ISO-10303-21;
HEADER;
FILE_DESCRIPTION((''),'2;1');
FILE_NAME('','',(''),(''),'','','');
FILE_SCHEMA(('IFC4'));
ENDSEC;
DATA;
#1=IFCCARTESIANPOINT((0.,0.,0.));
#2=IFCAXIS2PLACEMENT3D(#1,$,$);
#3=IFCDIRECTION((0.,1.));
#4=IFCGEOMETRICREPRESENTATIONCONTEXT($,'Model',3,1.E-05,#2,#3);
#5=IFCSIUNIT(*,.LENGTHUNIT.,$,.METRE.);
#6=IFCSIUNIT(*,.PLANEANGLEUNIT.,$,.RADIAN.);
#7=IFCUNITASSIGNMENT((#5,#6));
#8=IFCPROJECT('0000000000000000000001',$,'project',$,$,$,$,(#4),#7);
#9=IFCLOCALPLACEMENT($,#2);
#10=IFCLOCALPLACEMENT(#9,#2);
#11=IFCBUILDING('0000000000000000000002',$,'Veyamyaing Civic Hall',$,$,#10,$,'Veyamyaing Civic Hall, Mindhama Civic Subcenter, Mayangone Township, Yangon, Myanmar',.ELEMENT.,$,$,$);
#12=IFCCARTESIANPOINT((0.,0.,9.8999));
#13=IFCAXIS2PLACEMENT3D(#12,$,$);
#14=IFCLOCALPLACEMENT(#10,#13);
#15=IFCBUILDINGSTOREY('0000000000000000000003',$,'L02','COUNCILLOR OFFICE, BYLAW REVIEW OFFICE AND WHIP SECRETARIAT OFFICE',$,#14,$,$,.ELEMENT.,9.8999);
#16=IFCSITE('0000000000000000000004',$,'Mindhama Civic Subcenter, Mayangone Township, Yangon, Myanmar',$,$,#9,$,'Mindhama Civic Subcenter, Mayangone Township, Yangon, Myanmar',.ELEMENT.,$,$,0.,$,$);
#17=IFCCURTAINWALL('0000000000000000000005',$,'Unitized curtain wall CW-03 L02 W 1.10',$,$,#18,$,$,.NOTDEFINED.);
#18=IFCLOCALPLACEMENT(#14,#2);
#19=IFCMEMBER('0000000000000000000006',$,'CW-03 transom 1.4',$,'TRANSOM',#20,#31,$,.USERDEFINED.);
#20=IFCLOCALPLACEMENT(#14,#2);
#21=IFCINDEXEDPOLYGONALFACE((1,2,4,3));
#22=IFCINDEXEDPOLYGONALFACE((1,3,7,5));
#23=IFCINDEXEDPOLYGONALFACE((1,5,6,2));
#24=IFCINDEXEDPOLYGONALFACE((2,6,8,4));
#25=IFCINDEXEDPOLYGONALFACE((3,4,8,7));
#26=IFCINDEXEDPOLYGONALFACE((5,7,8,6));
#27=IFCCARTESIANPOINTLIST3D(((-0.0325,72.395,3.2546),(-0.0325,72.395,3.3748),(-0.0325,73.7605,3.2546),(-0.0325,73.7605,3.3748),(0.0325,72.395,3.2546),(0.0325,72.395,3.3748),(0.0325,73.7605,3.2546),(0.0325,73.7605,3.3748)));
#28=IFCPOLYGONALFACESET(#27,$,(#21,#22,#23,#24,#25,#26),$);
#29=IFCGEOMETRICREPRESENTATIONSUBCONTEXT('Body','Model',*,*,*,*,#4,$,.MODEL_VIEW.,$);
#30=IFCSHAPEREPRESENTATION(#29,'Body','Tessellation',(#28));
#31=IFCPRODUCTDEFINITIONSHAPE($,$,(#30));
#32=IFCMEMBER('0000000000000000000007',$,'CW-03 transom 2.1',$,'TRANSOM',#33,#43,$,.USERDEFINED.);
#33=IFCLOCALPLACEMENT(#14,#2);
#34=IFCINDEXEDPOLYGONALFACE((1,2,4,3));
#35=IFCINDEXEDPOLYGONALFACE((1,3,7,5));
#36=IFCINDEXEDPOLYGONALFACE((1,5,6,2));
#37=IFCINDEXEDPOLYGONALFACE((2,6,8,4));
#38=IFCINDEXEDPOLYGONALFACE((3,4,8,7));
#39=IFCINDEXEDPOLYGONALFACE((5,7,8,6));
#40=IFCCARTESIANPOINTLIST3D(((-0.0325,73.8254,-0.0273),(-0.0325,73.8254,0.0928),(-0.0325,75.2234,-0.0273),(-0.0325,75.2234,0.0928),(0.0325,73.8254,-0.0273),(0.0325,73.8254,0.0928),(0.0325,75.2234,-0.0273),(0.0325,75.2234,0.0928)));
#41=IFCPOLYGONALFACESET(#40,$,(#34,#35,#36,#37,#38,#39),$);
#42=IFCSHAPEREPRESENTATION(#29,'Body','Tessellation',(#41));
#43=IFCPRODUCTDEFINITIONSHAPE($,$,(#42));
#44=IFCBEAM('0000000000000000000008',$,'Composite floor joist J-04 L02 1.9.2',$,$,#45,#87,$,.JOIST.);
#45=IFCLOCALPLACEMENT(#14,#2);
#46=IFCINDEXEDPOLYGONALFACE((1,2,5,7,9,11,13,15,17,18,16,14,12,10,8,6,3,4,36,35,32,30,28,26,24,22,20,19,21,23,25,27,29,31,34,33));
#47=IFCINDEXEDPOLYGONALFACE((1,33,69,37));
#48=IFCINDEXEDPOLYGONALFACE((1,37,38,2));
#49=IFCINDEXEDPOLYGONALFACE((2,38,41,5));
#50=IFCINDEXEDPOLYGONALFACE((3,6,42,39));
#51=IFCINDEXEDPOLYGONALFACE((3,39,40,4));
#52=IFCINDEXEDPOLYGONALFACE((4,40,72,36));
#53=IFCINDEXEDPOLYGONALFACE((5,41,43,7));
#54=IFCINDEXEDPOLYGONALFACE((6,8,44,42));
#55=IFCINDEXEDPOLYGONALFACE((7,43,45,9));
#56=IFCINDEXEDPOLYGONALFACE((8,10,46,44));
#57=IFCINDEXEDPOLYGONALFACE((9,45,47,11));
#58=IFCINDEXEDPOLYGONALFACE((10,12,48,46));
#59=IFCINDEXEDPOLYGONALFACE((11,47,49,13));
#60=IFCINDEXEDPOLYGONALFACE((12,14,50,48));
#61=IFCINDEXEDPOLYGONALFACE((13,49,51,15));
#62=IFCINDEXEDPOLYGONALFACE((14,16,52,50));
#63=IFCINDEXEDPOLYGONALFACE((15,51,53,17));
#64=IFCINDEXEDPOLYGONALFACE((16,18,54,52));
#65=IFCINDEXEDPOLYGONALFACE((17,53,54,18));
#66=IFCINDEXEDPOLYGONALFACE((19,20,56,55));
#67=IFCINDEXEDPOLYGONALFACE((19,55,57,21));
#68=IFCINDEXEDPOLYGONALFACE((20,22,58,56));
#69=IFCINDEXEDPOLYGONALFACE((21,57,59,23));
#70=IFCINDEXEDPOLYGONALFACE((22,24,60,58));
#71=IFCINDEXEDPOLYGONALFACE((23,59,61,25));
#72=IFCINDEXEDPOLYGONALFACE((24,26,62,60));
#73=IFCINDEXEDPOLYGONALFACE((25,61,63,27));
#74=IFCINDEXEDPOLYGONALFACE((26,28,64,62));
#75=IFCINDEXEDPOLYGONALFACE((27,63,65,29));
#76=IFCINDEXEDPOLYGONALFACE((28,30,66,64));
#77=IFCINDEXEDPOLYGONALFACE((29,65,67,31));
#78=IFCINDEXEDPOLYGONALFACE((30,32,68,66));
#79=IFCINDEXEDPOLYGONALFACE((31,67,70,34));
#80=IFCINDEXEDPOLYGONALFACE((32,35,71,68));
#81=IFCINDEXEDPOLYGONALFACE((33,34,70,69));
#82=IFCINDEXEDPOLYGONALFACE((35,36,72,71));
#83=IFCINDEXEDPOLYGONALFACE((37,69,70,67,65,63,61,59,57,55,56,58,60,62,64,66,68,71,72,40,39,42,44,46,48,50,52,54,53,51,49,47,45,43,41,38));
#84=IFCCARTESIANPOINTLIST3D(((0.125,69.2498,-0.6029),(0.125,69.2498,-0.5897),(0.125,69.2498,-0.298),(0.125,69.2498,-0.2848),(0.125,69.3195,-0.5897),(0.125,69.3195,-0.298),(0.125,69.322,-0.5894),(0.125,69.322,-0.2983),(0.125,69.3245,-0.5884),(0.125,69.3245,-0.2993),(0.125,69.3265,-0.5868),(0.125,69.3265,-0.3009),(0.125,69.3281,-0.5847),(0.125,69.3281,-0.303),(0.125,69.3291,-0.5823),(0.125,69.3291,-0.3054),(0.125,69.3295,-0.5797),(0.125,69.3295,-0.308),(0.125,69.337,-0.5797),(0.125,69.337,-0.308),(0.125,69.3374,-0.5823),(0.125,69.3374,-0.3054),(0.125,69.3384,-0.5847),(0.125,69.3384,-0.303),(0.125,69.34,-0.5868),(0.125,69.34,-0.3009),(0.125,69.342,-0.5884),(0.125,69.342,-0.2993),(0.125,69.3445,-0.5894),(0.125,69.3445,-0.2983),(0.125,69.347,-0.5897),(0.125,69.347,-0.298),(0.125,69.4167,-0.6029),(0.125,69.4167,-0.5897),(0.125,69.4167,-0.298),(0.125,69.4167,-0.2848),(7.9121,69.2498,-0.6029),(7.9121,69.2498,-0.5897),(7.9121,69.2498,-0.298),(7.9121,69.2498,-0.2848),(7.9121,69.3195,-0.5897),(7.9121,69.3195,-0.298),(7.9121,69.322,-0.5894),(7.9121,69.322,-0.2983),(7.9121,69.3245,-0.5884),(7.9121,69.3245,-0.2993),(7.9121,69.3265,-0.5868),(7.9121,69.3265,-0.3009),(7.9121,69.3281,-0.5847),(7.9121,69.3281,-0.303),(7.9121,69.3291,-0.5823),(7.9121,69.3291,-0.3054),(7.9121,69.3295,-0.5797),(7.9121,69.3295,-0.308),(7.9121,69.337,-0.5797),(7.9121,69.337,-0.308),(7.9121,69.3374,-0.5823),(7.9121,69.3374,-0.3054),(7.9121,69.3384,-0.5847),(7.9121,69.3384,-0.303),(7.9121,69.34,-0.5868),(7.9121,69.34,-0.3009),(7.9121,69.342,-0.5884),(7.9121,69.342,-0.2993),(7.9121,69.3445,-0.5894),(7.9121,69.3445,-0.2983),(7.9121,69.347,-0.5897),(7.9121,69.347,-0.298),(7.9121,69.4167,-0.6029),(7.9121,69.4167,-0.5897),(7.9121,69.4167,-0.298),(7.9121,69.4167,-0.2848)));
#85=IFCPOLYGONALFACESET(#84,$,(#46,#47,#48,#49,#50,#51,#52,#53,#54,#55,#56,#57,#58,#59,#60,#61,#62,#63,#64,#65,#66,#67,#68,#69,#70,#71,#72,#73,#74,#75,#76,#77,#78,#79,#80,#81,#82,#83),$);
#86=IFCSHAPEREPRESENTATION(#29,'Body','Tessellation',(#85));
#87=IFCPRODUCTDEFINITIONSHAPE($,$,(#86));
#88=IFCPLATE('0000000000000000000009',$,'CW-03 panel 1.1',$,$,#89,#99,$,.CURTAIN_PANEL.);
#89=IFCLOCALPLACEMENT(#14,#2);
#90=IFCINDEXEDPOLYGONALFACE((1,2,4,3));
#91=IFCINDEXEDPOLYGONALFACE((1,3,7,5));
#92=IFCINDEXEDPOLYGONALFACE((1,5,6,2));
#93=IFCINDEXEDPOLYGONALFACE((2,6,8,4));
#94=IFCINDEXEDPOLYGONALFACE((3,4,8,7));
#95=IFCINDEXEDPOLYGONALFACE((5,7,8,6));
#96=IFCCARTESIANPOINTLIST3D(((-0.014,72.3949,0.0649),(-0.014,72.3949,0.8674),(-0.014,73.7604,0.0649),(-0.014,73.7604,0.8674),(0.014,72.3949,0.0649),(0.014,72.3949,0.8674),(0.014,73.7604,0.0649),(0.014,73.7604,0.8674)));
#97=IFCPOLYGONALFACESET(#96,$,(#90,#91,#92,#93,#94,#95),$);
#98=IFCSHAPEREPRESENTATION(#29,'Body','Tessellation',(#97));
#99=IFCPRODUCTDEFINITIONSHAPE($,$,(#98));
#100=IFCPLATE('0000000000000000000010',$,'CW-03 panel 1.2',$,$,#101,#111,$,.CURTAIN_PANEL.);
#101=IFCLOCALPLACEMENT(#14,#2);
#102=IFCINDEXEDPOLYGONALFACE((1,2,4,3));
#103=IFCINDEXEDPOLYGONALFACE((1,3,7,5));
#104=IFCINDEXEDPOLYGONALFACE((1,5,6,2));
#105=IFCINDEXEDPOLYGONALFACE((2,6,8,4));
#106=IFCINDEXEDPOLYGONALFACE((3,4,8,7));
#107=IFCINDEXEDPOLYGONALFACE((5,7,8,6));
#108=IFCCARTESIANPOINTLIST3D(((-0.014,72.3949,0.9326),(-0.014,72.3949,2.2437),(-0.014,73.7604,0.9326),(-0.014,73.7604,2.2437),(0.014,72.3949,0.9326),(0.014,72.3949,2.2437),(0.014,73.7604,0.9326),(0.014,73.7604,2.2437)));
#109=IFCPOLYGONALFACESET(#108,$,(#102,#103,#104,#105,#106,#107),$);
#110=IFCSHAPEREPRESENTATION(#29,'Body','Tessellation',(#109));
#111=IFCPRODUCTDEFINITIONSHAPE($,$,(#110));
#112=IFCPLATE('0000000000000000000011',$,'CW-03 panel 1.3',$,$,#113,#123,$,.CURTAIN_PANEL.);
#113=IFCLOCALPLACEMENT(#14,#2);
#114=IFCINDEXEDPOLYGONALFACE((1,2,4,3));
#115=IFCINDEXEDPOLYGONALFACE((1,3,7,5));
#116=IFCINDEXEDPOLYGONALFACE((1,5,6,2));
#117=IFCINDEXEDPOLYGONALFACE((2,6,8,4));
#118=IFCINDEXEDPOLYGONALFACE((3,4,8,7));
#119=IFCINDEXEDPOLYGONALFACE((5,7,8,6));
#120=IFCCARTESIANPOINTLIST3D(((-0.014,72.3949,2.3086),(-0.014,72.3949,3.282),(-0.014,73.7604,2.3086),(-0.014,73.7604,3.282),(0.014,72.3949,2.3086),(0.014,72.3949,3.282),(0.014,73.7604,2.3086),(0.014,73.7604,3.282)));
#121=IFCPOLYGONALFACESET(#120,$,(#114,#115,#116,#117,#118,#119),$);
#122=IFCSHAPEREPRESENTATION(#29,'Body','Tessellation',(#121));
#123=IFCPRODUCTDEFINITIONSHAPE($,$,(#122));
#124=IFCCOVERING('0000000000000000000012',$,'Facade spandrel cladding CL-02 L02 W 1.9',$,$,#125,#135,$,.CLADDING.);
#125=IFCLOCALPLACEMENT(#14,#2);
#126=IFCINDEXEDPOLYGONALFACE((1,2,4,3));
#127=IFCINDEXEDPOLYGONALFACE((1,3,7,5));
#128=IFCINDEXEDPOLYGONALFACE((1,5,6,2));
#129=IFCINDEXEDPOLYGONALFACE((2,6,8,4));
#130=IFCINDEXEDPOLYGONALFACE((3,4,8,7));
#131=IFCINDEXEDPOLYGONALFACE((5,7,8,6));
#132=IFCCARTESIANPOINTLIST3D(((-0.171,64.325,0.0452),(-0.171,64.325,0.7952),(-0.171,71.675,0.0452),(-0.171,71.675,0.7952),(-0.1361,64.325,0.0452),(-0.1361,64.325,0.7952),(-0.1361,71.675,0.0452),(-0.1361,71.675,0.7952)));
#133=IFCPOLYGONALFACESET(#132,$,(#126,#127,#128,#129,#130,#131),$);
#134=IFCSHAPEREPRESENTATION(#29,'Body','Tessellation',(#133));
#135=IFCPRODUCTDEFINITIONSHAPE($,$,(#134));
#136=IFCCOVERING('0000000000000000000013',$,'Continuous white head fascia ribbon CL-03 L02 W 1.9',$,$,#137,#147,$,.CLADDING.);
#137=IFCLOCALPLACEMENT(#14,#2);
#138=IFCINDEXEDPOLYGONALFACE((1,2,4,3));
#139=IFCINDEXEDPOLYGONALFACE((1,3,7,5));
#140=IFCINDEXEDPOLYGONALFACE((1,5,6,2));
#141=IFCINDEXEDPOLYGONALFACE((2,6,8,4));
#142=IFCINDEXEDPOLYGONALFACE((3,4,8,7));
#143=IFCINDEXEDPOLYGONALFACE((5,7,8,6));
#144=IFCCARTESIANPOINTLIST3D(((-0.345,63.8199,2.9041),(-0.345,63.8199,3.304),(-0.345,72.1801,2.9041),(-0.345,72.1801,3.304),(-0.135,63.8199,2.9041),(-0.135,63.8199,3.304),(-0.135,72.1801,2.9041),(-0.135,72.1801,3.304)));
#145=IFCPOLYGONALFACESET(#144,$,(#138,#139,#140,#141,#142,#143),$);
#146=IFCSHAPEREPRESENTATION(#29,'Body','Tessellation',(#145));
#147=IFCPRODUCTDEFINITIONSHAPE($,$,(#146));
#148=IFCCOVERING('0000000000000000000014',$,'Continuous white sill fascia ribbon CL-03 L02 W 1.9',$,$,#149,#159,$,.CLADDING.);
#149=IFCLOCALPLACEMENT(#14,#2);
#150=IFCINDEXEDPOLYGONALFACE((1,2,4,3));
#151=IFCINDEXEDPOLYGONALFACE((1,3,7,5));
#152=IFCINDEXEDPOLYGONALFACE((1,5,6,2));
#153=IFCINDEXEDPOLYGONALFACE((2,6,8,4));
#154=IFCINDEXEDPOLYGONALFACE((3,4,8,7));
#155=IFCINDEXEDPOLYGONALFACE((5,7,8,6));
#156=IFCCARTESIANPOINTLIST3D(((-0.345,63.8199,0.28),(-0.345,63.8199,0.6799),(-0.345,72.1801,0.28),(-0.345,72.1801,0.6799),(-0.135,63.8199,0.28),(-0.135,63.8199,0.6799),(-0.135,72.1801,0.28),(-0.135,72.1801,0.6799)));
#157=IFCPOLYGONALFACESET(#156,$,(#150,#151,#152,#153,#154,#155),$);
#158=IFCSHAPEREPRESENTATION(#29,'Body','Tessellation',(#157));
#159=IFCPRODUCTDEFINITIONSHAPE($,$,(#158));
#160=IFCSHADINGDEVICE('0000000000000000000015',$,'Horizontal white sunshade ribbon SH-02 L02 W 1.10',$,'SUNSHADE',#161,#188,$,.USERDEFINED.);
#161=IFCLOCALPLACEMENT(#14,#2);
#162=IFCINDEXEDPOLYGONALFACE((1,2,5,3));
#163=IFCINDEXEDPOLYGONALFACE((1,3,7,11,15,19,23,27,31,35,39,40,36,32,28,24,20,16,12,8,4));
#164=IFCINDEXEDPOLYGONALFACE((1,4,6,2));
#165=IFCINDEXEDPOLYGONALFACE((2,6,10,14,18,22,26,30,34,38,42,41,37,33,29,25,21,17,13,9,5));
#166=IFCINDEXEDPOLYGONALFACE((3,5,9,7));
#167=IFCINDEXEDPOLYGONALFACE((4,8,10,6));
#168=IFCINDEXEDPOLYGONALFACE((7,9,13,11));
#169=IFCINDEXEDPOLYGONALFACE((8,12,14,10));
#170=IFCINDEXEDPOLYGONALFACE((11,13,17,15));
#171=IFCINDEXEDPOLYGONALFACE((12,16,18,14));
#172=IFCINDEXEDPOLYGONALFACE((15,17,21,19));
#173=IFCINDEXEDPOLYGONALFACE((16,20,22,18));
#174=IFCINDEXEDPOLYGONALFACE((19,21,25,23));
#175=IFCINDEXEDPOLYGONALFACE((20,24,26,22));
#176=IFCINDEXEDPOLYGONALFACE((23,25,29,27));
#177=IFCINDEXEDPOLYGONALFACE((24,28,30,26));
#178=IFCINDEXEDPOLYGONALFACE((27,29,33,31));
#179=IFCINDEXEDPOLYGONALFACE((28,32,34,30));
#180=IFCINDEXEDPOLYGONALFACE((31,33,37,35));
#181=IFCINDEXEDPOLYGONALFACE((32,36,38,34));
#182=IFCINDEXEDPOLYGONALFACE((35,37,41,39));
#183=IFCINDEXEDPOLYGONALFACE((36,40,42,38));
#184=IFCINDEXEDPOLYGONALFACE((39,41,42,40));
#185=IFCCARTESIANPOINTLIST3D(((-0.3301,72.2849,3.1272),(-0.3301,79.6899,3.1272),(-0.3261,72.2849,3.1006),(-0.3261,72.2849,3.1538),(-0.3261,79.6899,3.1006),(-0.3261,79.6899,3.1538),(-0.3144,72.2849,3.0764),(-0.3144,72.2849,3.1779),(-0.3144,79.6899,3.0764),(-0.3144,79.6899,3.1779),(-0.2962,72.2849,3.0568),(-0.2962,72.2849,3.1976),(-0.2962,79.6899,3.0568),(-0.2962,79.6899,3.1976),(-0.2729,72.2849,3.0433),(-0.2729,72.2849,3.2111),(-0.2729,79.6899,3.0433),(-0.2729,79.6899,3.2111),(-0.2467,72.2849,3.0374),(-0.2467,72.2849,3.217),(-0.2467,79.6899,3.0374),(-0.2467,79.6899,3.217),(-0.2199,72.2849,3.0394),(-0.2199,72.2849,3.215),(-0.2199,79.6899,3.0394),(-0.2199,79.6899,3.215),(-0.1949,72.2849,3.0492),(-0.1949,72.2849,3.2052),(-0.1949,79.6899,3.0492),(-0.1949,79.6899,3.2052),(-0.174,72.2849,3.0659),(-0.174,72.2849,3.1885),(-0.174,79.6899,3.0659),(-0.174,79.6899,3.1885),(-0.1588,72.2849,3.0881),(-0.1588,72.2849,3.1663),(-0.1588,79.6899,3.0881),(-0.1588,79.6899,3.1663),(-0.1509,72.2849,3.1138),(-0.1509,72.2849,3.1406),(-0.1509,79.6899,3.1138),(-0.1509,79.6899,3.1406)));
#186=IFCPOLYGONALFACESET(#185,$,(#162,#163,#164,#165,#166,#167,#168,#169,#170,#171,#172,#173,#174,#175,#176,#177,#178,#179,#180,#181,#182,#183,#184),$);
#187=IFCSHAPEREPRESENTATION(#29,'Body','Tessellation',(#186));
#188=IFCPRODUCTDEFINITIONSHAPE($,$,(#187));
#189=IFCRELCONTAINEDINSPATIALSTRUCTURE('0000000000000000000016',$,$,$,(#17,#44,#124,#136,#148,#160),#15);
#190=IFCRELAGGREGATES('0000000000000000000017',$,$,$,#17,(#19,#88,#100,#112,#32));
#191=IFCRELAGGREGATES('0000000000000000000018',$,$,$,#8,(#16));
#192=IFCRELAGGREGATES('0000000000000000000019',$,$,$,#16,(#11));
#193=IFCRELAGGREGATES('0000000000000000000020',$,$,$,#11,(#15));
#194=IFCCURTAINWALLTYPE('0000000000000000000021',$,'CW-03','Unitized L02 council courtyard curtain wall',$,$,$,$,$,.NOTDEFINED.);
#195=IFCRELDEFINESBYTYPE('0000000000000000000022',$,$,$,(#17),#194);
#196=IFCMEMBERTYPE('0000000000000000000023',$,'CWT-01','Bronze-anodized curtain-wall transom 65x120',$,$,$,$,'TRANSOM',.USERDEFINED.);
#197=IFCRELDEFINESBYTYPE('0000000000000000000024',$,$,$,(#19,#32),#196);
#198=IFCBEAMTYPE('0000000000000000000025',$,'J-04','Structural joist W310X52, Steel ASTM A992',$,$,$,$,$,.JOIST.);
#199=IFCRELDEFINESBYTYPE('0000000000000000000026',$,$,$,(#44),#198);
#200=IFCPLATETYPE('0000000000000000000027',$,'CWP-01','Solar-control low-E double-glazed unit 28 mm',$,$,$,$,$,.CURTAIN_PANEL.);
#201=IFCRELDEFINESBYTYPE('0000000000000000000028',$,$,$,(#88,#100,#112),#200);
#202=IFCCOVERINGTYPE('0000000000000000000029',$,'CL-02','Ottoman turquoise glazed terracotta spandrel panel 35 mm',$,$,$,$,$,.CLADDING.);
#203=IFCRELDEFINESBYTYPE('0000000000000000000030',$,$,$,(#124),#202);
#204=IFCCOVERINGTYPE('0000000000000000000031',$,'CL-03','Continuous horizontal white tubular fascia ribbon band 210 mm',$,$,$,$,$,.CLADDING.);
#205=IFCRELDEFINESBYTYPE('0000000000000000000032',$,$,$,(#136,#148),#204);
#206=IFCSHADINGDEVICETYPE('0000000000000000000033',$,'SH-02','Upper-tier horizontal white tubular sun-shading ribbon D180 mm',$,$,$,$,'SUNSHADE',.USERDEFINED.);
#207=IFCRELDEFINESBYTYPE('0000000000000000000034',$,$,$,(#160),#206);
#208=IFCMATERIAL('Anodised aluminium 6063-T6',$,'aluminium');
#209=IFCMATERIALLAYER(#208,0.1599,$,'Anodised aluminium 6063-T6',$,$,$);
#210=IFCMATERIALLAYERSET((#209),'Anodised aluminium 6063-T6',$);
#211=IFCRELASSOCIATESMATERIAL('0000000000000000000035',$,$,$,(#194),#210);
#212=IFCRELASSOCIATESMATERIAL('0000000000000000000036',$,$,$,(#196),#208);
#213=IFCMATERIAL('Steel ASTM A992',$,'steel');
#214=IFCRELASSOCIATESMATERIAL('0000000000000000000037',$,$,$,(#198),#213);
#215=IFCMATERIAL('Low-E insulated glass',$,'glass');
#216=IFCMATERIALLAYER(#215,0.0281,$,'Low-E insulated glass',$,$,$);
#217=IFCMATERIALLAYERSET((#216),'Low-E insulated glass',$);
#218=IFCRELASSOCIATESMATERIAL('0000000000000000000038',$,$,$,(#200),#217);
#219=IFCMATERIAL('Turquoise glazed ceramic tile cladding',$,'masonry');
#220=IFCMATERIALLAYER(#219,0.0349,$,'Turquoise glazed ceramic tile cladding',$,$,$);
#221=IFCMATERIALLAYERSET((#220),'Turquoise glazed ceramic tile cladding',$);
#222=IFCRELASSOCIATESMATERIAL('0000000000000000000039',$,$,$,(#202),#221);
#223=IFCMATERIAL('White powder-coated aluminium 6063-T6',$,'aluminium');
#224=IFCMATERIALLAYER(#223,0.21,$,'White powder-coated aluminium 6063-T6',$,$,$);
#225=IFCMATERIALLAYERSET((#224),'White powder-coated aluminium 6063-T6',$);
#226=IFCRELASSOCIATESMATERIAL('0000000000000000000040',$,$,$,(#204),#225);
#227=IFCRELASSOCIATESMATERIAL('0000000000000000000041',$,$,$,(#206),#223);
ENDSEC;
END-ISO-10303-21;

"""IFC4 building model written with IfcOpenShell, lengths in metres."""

from ifc_helpers import new_model, si_unit, direction, frame, origin, origin_2d, place, context, subcontext, project, spatial, rectangle, circle, i_section, extrude, material, layer, layer_set, material_profile, profile_set, type_object, element, aggregate, save


model = new_model("IFC4")

# Units and contexts
model_context = context("Model", 3, precision=1e-05, world=origin(), true_north=direction((0.0, 1.0)))
body_context = subcontext(model_context, "Body", "Model", "MODEL_VIEW")
ifc_project = project(units=[si_unit("LENGTHUNIT", "METRE"), si_unit("PLANEANGLEUNIT", "RADIAN")], contexts=[model_context])

# Site, building, storey
site_placement = place(None, origin())
site = spatial("IfcSite", under=ifc_project, at=site_placement, Name="Mindhama Civic Subcenter, Mayangone Township, Yangon, Myanmar", LongName="Mindhama Civic Subcenter, Mayangone Township, Yangon, Myanmar", CompositionType="ELEMENT", RefElevation=0.0)
building_placement = place(site_placement, origin())
building = spatial("IfcBuilding", under=site, at=building_placement, Name="Veyamyaing Civic Hall", LongName="Veyamyaing Civic Hall, Mindhama Civic Subcenter, Mayangone Township, Yangon, Myanmar", CompositionType="ELEMENT")
storey_placement = place(building_placement, frame((0.0, 0.0, 9.8999)))
storey = spatial("IfcBuildingStorey", under=building, at=storey_placement, Name="L02", Description="COUNCILLOR OFFICE, BYLAW REVIEW OFFICE AND WHIP SECRETARIAT OFFICE", CompositionType="ELEMENT", Elevation=9.8999)

# Shared definitions
ifc_material_1 = material(Name="Steel ASTM A992", Category="steel")

# Curtain wall, members
ifc_material_2 = material(Name="Anodised aluminium 6063-T6", Category="aluminium")
ifc_layer_1 = layer(ifc_material_2, 0.1599, Name="Anodised aluminium 6063-T6")
ifc_layer_set_1 = layer_set([ifc_layer_1], Name="Anodised aluminium 6063-T6")
curtain_wall_type = type_object("IfcCurtainWallType", Name="CW-03", Description="Unitized L02 council courtyard curtain wall", PredefinedType="NOTDEFINED", material=ifc_layer_set_1)
curtain_wall_placement = place(storey_placement, origin())
curtain_wall = element("IfcCurtainWall", 1, at=curtain_wall_placement, inside=storey, type_object=curtain_wall_type, Name="Unitized curtain wall CW-03 L02 W 1.10", PredefinedType="NOTDEFINED")
ifc_material_profile_1 = material_profile(ifc_material_2, rectangle(XDim=0.0649, YDim=0.1201, at=origin_2d()), Name="ALU-TRN-65X120")
ifc_profile_set_1 = profile_set([ifc_material_profile_1], Name="Anodised aluminium 6063-T6")
member_type_1 = type_object("IfcMemberType", Name="CWT-01", Description="Bronze-anodized curtain-wall transom 65x120", ElementType="TRANSOM", PredefinedType="USERDEFINED", material=ifc_profile_set_1)
member_1_placement = place(storey_placement, frame((0.0, 72.395, 3.3147), z_axis=(0.0, 1.0, 0.0), x_axis=(-1.0, 0.0, 0.0)))
member_1 = element("IfcMember", 2, at=member_1_placement, type_object=member_type_1, Name="CW-03 transom 1.4", ObjectType="TRANSOM", PredefinedType="USERDEFINED", context=body_context, shape_type="SweptSolid", body=[
    extrude(rectangle(XDim=0.0649, YDim=0.1201, at=origin_2d()), origin(), (0.0, 0.0, 1.0), 1.3655),
])
member_2_placement = place(storey_placement, frame((0.0, 73.8254, 0.0327), z_axis=(0.0, 1.0, 0.0), x_axis=(-1.0, 0.0, 0.0)))
member_2 = element("IfcMember", 3, at=member_2_placement, type_object=member_type_1, Name="CW-03 transom 2.1", ObjectType="TRANSOM", PredefinedType="USERDEFINED", context=body_context, shape_type="SweptSolid", body=[
    extrude(rectangle(XDim=0.0649, YDim=0.1201, at=origin_2d()), origin(), (0.0, 0.0, 1.0), 1.3979),
])

# Beam
ifc_material_profile_2 = material_profile(ifc_material_1, i_section(OverallWidth=0.167, OverallDepth=0.3181, WebThickness=0.0076, FlangeThickness=0.0132, FilletRadius=0.01, at=origin_2d()), Name="W310X52")
ifc_profile_set_2 = profile_set([ifc_material_profile_2], Name="Steel ASTM A992")
beam_type_1 = type_object("IfcBeamType", Name="J-04", Description="Structural joist W310X52, Steel ASTM A992", PredefinedType="JOIST", material=ifc_profile_set_2)
beam_1_placement = place(storey_placement, frame((0.125, 69.3333, -0.4438), z_axis=(1.0, 0.0, 0.0), x_axis=(0.0, 1.0, 0.0)))
element("IfcBeam", 4, at=beam_1_placement, inside=storey, type_object=beam_type_1, Name="Composite floor joist J-04 L02 1.9.2", PredefinedType="JOIST", context=body_context, shape_type="SweptSolid", body=[
    extrude(i_section(OverallWidth=0.167, OverallDepth=0.3181, WebThickness=0.0076, FlangeThickness=0.0132, FilletRadius=0.01, at=origin_2d()), origin(), (0.0, 0.0, 1.0), 7.7871),
])

# Plates
ifc_material_3 = material(Name="Low-E insulated glass", Category="glass")
ifc_layer_2 = layer(ifc_material_3, 0.0281, Name="Low-E insulated glass")
ifc_layer_set_2 = layer_set([ifc_layer_2], Name="Low-E insulated glass")
plate_type = type_object("IfcPlateType", Name="CWP-01", Description="Solar-control low-E double-glazed unit 28 mm", PredefinedType="CURTAIN_PANEL", material=ifc_layer_set_2)
plate_1_placement = place(storey_placement, frame((0.0, 73.0776, 0.0649), z_axis=(0.0, 0.0, 1.0), x_axis=(0.0, 1.0, 0.0)))
plate_1 = element("IfcPlate", 5, at=plate_1_placement, type_object=plate_type, Name="CW-03 panel 1.1", PredefinedType="CURTAIN_PANEL", context=body_context, shape_type="SweptSolid", body=[
    extrude(rectangle(XDim=1.3655, YDim=0.0281, at=origin_2d()), origin(), (0.0, 0.0, 1.0), 0.8025),
])
plate_2_placement = place(storey_placement, frame((0.0, 73.0776, 0.9326), z_axis=(0.0, 0.0, 1.0), x_axis=(0.0, 1.0, 0.0)))
plate_2 = element("IfcPlate", 6, at=plate_2_placement, type_object=plate_type, Name="CW-03 panel 1.2", PredefinedType="CURTAIN_PANEL", context=body_context, shape_type="SweptSolid", body=[
    extrude(rectangle(XDim=1.3655, YDim=0.0281, at=origin_2d()), origin(), (0.0, 0.0, 1.0), 1.311),
])
plate_3_placement = place(storey_placement, frame((0.0, 73.0776, 2.3086), z_axis=(0.0, 0.0, 1.0), x_axis=(0.0, 1.0, 0.0)))
plate_3 = element("IfcPlate", 7, at=plate_3_placement, type_object=plate_type, Name="CW-03 panel 1.3", PredefinedType="CURTAIN_PANEL", context=body_context, shape_type="SweptSolid", body=[
    extrude(rectangle(XDim=1.3655, YDim=0.0281, at=origin_2d()), origin(), (0.0, 0.0, 1.0), 0.9734),
])
aggregate(curtain_wall, [member_1, plate_1, plate_2, plate_3, member_2])

# Coverings
ifc_material_4 = material(Name="Turquoise glazed ceramic tile cladding", Category="masonry")
ifc_layer_3 = layer(ifc_material_4, 0.0349, Name="Turquoise glazed ceramic tile cladding")
ifc_layer_set_3 = layer_set([ifc_layer_3], Name="Turquoise glazed ceramic tile cladding")
covering_type_1 = type_object("IfcCoveringType", Name="CL-02", Description="Ottoman turquoise glazed terracotta spandrel panel 35 mm", PredefinedType="CLADDING", material=ifc_layer_set_3)
covering_placement = place(storey_placement, frame((-0.1536, 68.0, 0.0452), z_axis=(0.0, 0.0, 1.0), x_axis=(0.0, 1.0, 0.0)))
element("IfcCovering", 8, at=covering_placement, inside=storey, type_object=covering_type_1, Name="Facade spandrel cladding CL-02 L02 W 1.9", PredefinedType="CLADDING", context=body_context, shape_type="SweptSolid", body=[
    extrude(rectangle(XDim=7.3501, YDim=0.0349, at=origin_2d()), origin(), (0.0, 0.0, 1.0), 0.75),
])
ifc_material_5 = material(Name="White powder-coated aluminium 6063-T6", Category="aluminium")
ifc_layer_4 = layer(ifc_material_5, 0.21, Name="White powder-coated aluminium 6063-T6")
ifc_layer_set_4 = layer_set([ifc_layer_4], Name="White powder-coated aluminium 6063-T6")
covering_type_2 = type_object("IfcCoveringType", Name="CL-03", Description="Continuous horizontal white tubular fascia ribbon band 210 mm", PredefinedType="CLADDING", material=ifc_layer_set_4)
for number, where, z_axis, x_axis, name in (
    (9, (-0.24, 68.0, 2.9041), (0.0, 0.0, 1.0), (0.0, 1.0, 0.0), "Continuous white head fascia ribbon CL-03 L02 W 1.9"),
    (10, (-0.24, 68.0, 0.28), (0.0, 0.0, 1.0), (0.0, 1.0, 0.0), "Continuous white sill fascia ribbon CL-03 L02 W 1.9"),
):
    element("IfcCovering", number, at=place(storey_placement, frame(where, z_axis=z_axis, x_axis=x_axis)), inside=storey, type_object=covering_type_2, Name=name, PredefinedType="CLADDING", context=body_context, shape_type="SweptSolid", body=[
        extrude(rectangle(XDim=8.3601, YDim=0.21, at=origin_2d()), origin(), (0.0, 0.0, 1.0), 0.3999),
    ])

# Shading device
ifc_material_profile_3 = material_profile(ifc_material_5, circle(Radius=0.0901, at=origin_2d()), Name="SHADE-TUBE-180")
ifc_profile_set_3 = profile_set([ifc_material_profile_3], Name="White powder-coated aluminium 6063-T6")
shading_device_type = type_object("IfcShadingDeviceType", Name="SH-02", Description="Upper-tier horizontal white tubular sun-shading ribbon D180 mm", ElementType="SUNSHADE", PredefinedType="USERDEFINED", material=ifc_profile_set_3)
shading_device_placement = place(storey_placement, frame((-0.24, 72.2849, 3.1272), z_axis=(0.0, 1.0, 0.0), x_axis=(-1.0, 0.0, 0.0)))
element("IfcShadingDevice", 11, at=shading_device_placement, inside=storey, type_object=shading_device_type, Name="Horizontal white sunshade ribbon SH-02 L02 W 1.10", ObjectType="SUNSHADE", PredefinedType="USERDEFINED", context=body_context, shape_type="SweptSolid", body=[
    extrude(circle(Radius=0.0901, at=origin_2d()), origin(), (0.0, 0.0, 1.0), 7.405),
])

save(model, "model.ifc")
